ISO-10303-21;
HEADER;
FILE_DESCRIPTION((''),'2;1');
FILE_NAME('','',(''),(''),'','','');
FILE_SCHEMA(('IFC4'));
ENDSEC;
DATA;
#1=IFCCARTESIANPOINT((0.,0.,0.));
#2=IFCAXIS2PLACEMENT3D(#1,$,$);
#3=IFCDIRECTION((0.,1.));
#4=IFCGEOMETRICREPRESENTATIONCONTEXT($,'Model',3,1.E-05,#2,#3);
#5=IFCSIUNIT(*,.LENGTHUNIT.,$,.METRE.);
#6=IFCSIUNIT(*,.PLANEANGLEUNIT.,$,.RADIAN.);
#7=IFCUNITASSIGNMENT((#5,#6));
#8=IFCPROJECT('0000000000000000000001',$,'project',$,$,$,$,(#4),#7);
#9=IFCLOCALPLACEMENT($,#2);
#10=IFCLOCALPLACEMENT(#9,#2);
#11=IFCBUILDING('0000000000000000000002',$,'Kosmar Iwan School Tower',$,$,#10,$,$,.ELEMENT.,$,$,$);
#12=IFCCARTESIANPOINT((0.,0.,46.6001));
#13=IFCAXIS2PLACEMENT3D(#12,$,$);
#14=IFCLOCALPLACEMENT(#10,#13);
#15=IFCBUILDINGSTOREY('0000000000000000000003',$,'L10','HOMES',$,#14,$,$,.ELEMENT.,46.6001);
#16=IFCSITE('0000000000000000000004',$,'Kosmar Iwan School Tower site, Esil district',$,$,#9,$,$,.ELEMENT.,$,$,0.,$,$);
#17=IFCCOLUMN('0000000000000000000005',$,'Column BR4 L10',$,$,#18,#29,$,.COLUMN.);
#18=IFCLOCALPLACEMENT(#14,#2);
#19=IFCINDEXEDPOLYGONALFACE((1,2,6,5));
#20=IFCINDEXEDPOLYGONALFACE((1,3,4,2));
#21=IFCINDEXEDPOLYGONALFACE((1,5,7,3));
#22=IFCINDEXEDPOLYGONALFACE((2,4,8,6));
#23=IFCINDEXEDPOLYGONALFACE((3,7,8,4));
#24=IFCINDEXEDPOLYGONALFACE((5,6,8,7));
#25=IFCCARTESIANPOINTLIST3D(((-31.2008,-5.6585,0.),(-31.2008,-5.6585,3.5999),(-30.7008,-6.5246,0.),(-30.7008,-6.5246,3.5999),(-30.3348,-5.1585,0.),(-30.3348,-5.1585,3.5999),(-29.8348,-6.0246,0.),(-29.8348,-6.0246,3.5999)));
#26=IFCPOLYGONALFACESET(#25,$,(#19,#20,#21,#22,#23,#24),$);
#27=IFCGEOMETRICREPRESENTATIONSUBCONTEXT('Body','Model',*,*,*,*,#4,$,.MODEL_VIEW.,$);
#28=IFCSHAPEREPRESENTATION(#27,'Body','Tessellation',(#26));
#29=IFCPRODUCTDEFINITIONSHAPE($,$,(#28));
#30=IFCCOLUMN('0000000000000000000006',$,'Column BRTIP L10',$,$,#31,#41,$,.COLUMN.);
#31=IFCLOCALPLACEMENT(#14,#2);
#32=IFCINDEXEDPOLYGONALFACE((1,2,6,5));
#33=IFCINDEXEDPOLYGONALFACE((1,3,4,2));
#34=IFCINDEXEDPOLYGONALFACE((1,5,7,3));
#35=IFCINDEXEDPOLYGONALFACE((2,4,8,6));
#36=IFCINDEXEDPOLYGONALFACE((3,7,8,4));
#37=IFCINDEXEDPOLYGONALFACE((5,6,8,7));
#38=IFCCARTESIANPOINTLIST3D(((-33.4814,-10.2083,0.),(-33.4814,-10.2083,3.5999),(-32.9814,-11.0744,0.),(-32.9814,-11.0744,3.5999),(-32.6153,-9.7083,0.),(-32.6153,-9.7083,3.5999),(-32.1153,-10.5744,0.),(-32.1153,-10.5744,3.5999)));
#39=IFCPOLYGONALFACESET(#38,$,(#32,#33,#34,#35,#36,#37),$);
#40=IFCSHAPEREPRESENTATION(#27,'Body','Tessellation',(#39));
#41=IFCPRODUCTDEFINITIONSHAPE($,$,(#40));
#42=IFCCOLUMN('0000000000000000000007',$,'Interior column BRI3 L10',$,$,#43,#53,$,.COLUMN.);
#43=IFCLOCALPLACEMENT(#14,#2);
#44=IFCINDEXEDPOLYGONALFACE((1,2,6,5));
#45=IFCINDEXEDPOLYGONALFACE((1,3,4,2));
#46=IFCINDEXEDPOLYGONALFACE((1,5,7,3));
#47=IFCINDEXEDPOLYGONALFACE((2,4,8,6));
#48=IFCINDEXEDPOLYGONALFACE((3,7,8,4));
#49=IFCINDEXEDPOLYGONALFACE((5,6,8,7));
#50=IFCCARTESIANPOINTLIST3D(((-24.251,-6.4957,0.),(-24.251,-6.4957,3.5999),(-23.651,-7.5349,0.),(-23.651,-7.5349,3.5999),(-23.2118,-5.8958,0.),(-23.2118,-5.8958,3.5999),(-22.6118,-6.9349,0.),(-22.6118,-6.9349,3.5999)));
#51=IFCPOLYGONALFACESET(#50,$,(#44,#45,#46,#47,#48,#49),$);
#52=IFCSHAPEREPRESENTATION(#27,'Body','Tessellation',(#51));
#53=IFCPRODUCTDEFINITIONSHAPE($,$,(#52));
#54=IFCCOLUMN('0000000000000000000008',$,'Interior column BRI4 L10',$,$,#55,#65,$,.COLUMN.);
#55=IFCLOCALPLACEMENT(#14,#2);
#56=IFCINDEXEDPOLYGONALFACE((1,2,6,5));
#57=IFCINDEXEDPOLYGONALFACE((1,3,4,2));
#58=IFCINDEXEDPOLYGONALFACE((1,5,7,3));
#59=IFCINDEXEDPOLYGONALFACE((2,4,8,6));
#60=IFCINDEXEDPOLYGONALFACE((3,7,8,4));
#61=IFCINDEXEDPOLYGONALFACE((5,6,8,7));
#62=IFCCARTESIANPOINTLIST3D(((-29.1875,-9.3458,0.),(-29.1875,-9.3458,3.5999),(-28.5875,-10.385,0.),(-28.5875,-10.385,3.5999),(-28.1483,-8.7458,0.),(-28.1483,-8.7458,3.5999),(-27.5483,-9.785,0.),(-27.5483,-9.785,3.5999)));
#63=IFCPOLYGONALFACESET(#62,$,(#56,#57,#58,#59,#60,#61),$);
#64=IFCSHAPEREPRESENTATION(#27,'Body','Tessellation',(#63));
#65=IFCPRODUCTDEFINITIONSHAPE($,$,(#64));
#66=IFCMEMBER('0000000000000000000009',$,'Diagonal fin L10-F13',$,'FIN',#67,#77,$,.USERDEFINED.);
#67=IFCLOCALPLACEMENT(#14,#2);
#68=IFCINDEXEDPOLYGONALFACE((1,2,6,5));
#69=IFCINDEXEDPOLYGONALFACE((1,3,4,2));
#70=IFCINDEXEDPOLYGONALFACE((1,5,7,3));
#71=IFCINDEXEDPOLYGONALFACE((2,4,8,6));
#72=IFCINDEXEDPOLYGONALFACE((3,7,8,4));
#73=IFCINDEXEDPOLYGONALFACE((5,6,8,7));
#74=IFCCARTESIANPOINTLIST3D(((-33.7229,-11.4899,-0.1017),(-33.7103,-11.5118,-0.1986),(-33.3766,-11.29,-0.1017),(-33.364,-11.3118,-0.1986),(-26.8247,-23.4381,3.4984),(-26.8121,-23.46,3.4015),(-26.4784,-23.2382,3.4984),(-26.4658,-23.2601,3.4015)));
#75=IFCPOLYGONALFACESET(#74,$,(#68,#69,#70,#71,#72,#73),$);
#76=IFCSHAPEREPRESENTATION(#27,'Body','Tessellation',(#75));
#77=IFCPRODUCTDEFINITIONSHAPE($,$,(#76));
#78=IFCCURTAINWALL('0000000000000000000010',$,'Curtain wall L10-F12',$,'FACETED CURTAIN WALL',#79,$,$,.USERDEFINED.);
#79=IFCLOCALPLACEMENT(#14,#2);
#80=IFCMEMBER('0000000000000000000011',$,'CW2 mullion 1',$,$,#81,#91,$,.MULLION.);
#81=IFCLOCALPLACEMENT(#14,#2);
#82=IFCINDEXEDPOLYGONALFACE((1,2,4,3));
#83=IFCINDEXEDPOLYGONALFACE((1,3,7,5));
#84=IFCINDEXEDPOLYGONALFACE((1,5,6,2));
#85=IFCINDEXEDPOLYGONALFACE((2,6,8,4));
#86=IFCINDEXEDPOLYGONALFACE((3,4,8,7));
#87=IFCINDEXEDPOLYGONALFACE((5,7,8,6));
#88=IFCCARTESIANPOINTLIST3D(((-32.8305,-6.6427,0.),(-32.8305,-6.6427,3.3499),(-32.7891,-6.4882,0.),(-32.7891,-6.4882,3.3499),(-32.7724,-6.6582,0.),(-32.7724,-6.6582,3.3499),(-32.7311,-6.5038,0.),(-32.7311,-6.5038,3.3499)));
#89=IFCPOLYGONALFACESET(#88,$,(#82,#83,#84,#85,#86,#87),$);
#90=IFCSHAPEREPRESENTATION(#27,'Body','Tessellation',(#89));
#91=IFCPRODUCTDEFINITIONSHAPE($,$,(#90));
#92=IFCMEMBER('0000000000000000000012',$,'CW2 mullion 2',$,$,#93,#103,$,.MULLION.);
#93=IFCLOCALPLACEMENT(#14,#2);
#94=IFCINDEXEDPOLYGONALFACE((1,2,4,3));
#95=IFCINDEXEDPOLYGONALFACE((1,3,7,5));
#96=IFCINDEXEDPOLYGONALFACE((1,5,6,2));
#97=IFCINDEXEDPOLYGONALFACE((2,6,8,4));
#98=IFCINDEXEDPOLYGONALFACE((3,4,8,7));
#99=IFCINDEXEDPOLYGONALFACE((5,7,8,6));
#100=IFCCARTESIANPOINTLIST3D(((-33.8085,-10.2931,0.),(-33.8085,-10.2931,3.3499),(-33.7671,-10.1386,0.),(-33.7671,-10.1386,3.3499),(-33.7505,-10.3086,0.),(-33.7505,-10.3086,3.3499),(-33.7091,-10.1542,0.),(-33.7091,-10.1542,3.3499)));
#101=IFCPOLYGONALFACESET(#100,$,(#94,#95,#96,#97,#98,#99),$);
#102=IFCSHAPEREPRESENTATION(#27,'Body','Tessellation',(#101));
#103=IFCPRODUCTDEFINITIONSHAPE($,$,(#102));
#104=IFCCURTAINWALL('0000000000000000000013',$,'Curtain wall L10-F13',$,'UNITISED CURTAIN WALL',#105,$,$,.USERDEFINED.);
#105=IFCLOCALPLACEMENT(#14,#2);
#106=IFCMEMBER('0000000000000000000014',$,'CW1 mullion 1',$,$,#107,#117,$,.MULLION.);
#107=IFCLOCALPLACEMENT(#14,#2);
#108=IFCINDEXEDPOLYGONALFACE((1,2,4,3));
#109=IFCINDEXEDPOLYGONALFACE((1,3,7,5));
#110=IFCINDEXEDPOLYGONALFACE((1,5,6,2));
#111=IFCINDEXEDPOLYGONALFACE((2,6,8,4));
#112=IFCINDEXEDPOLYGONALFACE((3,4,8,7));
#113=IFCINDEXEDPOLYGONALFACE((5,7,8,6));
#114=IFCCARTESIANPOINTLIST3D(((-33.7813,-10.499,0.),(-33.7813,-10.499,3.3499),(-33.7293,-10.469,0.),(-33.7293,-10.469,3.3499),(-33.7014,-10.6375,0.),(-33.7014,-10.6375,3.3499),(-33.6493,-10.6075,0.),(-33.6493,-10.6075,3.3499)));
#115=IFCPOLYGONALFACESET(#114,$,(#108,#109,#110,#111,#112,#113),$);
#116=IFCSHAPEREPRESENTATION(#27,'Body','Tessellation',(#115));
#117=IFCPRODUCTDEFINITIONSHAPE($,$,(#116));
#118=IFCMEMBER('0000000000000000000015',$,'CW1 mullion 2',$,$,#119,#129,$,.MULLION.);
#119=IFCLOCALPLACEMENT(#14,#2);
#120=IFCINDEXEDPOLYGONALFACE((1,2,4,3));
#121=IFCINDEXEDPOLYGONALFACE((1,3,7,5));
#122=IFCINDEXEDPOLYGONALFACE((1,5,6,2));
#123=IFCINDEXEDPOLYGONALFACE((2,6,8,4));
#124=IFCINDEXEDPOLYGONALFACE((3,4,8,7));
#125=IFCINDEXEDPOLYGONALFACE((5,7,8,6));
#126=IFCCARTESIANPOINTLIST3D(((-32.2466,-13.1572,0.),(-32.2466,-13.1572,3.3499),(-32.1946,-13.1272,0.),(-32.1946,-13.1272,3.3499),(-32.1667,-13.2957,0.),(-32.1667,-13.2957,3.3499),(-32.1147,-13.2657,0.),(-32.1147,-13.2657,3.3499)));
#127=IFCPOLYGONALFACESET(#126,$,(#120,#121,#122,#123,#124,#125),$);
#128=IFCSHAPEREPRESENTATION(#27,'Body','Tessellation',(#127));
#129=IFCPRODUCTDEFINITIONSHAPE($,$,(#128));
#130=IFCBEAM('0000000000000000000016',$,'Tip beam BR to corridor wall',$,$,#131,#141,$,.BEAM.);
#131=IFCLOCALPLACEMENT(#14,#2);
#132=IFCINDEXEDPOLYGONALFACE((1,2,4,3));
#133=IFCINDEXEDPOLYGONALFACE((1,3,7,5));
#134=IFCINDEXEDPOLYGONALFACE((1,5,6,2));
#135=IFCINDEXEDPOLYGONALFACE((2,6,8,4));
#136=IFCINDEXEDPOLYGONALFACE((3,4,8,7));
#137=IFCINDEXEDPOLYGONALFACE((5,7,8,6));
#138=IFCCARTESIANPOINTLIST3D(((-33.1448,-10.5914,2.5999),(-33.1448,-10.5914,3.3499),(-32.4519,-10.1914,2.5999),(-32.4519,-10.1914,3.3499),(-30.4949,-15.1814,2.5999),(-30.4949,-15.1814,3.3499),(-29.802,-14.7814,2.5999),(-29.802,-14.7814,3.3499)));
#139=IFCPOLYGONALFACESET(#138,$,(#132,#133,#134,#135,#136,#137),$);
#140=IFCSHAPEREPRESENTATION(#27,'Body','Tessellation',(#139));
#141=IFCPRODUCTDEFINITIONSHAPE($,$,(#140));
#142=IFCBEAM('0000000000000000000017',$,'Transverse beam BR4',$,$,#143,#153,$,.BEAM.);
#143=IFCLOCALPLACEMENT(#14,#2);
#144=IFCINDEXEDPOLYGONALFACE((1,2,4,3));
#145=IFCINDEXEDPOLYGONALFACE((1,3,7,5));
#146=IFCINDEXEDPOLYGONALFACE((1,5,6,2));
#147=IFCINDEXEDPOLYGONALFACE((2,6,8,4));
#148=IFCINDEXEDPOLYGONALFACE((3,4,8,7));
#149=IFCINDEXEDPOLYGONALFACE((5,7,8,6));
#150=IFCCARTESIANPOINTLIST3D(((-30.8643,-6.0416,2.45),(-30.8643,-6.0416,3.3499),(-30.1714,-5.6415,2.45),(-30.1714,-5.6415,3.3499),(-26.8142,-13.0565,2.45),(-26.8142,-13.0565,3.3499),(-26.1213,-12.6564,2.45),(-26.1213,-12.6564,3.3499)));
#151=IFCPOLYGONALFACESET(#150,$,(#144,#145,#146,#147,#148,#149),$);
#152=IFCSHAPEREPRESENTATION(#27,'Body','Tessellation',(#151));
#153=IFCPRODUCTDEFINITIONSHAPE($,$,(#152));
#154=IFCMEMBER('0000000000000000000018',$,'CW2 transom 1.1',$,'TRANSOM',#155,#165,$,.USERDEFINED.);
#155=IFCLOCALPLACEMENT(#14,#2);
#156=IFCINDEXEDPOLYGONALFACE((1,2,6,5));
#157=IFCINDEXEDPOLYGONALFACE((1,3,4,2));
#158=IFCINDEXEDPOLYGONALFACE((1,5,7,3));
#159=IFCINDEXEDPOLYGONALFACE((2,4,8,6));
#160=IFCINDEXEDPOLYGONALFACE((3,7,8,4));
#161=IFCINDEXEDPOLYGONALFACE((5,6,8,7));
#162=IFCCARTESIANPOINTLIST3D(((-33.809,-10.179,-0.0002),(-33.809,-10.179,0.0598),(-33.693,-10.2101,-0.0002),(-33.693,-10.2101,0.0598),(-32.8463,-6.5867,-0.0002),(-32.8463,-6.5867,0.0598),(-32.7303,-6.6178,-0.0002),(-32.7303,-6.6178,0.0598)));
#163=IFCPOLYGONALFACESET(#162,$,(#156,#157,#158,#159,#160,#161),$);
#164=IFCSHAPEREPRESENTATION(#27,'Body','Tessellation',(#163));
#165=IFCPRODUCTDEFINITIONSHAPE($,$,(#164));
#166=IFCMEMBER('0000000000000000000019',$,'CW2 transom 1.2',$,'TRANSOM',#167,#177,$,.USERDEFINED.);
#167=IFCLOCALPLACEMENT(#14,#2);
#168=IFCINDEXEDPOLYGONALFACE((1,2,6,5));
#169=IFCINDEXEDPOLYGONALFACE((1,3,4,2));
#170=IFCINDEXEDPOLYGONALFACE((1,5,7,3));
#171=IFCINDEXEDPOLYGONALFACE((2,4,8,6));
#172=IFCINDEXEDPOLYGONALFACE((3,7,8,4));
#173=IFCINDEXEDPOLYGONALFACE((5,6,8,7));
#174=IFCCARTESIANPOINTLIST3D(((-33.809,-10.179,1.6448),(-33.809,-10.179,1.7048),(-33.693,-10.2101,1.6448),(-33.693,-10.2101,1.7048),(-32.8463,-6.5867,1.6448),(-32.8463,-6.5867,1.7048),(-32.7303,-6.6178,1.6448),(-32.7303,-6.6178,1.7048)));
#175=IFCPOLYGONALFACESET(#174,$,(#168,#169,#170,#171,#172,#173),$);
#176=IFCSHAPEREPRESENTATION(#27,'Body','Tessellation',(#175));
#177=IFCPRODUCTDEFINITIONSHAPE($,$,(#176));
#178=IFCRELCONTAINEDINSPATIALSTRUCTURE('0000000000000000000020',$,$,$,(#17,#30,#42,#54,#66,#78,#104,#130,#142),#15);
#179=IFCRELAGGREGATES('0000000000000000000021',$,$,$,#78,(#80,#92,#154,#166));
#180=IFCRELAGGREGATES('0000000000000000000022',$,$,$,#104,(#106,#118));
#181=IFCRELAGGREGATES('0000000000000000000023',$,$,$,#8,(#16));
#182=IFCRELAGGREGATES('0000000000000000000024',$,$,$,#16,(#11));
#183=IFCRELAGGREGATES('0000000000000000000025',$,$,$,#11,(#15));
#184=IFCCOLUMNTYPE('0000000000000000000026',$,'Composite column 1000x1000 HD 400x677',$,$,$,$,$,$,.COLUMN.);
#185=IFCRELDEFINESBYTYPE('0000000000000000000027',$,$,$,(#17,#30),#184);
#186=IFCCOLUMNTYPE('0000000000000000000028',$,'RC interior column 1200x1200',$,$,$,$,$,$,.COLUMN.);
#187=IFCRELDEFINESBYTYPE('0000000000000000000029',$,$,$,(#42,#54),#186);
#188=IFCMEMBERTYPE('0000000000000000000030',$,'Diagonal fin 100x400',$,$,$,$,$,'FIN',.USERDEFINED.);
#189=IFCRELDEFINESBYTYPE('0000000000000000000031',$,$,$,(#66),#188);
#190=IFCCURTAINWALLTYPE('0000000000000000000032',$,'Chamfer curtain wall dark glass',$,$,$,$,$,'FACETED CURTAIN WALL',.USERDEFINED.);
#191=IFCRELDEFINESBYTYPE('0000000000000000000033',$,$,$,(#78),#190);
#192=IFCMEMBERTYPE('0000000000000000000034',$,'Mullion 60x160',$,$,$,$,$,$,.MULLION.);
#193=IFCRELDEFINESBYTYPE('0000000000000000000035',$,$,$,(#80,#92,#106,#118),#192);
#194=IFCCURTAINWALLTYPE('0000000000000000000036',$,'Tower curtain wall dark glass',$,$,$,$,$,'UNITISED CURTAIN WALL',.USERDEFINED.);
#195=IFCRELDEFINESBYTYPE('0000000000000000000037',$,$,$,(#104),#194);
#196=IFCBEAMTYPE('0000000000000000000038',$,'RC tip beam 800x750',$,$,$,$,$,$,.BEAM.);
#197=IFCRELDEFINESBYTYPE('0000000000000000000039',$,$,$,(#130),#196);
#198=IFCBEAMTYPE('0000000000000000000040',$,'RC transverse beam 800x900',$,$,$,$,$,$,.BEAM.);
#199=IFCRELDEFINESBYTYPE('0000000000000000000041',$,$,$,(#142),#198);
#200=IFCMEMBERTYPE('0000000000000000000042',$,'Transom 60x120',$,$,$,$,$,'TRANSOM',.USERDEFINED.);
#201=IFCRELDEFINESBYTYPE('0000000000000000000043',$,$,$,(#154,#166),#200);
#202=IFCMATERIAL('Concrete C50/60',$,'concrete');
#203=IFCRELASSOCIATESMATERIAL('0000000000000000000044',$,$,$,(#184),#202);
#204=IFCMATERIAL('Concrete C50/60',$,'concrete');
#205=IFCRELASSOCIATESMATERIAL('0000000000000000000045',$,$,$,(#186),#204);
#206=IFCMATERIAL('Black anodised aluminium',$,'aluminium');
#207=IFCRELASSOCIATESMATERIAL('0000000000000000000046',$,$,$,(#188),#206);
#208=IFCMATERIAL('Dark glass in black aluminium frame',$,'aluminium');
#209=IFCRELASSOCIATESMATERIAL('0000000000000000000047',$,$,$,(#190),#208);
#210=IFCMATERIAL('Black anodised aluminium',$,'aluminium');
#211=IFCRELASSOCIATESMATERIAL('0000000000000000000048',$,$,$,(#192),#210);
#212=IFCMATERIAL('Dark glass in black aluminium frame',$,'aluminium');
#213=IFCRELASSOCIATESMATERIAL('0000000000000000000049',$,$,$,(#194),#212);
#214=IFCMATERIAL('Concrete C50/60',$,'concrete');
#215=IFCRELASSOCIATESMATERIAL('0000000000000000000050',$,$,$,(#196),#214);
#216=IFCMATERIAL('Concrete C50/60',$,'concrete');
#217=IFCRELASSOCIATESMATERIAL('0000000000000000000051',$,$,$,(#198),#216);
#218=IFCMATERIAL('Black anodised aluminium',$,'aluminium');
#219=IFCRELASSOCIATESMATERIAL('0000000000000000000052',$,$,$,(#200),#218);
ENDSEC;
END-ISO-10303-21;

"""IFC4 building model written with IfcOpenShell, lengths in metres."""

from ifc_helpers import new_model, si_unit, direction, frame, origin, origin_2d, place, context, subcontext, project, spatial, rectangle, extrude, material, material_profile, profile_set, type_object, element, aggregate, save


model = new_model("IFC4")

# Units and contexts
model_context = context("Model", 3, precision=1e-05, world=origin(), true_north=direction((0.0, 1.0)))
body_context = subcontext(model_context, "Body", "Model", "MODEL_VIEW")
ifc_project = project(units=[si_unit("LENGTHUNIT", "METRE"), si_unit("PLANEANGLEUNIT", "RADIAN")], contexts=[model_context])

# Site, building, storey
site_placement = place(None, origin())
site = spatial("IfcSite", under=ifc_project, at=site_placement, Name="Kosmar Iwan School Tower site, Esil district", CompositionType="ELEMENT", RefElevation=0.0)
building_placement = place(site_placement, origin())
building = spatial("IfcBuilding", under=site, at=building_placement, Name="Kosmar Iwan School Tower", CompositionType="ELEMENT")
storey_placement = place(building_placement, frame((0.0, 0.0, 46.6001)))
storey = spatial("IfcBuildingStorey", under=building, at=storey_placement, Name="L10", Description="HOMES", CompositionType="ELEMENT", Elevation=46.6001)

# Columns
ifc_material_1 = material(Name="Concrete C50/60", Category="concrete")
ifc_material_profile_1 = material_profile(ifc_material_1, rectangle(XDim=1.0, YDim=1.0, at=origin_2d()), Name="RC 1000x1000 + HD 400x677")
ifc_profile_set_1 = profile_set([ifc_material_profile_1], Name="Concrete C50/60")
column_type_1 = type_object("IfcColumnType", Name="Composite column 1000x1000 HD 400x677", PredefinedType="COLUMN", material=ifc_profile_set_1)
for number, where, z_axis, x_axis, name in (
    (1, (-30.5178, -5.8416, 0.0), (0.0, 0.0, 1.0), (-0.866025, -0.5, 0.0), "Column BR4 L10"),
    (2, (-32.7983, -10.3914, 0.0), (0.0, 0.0, 1.0), (-0.866025, -0.5, 0.0), "Column BRTIP L10"),
):
    element("IfcColumn", number, at=place(storey_placement, frame(where, z_axis=z_axis, x_axis=x_axis)), inside=storey, type_object=column_type_1, Name=name, PredefinedType="COLUMN", context=body_context, shape_type="SweptSolid", body=[
        extrude(rectangle(XDim=1.0, YDim=1.0, at=origin_2d()), origin(), (0.0, 0.0, 1.0), 3.5999),
    ])
ifc_material_2 = material(Name="Concrete C50/60", Category="concrete")
ifc_material_profile_2 = material_profile(ifc_material_2, rectangle(XDim=1.2, YDim=1.2, at=origin_2d()), Name="RC 1200x1200")
ifc_profile_set_2 = profile_set([ifc_material_profile_2], Name="Concrete C50/60")
column_type_2 = type_object("IfcColumnType", Name="RC interior column 1200x1200", PredefinedType="COLUMN", material=ifc_profile_set_2)
for number, where, z_axis, x_axis, name in (
    (3, (-23.4314, -6.7153, 0.0), (0.0, 0.0, 1.0), (-0.866025, -0.5, 0.0), "Interior column BRI3 L10"),
    (4, (-28.3679, -9.5654, 0.0), (0.0, 0.0, 1.0), (-0.866025, -0.5, 0.0), "Interior column BRI4 L10"),
):
    element("IfcColumn", number, at=place(storey_placement, frame(where, z_axis=z_axis, x_axis=x_axis)), inside=storey, type_object=column_type_2, Name=name, PredefinedType="COLUMN", context=body_context, shape_type="SweptSolid", body=[
        extrude(rectangle(XDim=1.2, YDim=1.2, at=origin_2d()), origin(), (0.0, 0.0, 1.0), 3.5999),
    ])

# Member
ifc_material_3 = material(Name="Black anodised aluminium", Category="aluminium")
ifc_material_profile_3 = material_profile(ifc_material_3, rectangle(XDim=0.1001, YDim=0.3999, at=origin_2d()), Name="FIN 100x400")
ifc_profile_set_3 = profile_set([ifc_material_profile_3], Name="Black anodised aluminium")
member_type_1 = type_object("IfcMemberType", Name="Diagonal fin 100x400", ElementType="FIN", PredefinedType="USERDEFINED", material=ifc_profile_set_3)
member_1_placement = place(storey_placement, frame((-33.5435, -11.4009, -0.1501), z_axis=(0.483793, -0.83797, 0.252487), x_axis=(-0.126242, 0.218661, 0.9676)))
element("IfcMember", 5, at=member_1_placement, inside=storey, type_object=member_type_1, Name="Diagonal fin L10-F13", ObjectType="FIN", PredefinedType="USERDEFINED", context=body_context, shape_type="SweptSolid", body=[
    extrude(rectangle(XDim=0.1001, YDim=0.3999, at=origin_2d()), origin(), (0.0, 0.0, 1.0), 14.2585),
])

# Curtain walls, members
ifc_material_4 = material(Name="Dark glass in black aluminium frame", Category="aluminium")
curtain_wall_type_1 = type_object("IfcCurtainWallType", Name="Chamfer curtain wall dark glass", ElementType="FACETED CURTAIN WALL", PredefinedType="USERDEFINED", material=ifc_material_4)
curtain_wall_1_placement = place(storey_placement, origin())
curtain_wall_1 = element("IfcCurtainWall", 6, at=curtain_wall_1_placement, inside=storey, type_object=curtain_wall_type_1, Name="Curtain wall L10-F12", ObjectType="FACETED CURTAIN WALL", PredefinedType="USERDEFINED")
ifc_material_5 = material(Name="Black anodised aluminium", Category="aluminium")
ifc_material_profile_4 = material_profile(ifc_material_5, rectangle(XDim=0.0601, YDim=0.1599, at=origin_2d()), Name="MULLION 60x160")
ifc_profile_set_4 = profile_set([ifc_material_profile_4], Name="Black anodised aluminium")
member_type_2 = type_object("IfcMemberType", Name="Mullion 60x160", PredefinedType="MULLION", material=ifc_profile_set_4)
member_2_placement = place(storey_placement, frame((-32.7808, -6.5732, 0.0), z_axis=(0.0, 0.0, 1.0), x_axis=(0.965926, -0.258819, 0.0)))
member_2 = element("IfcMember", 7, at=member_2_placement, type_object=member_type_2, Name="CW2 mullion 1", PredefinedType="MULLION", context=body_context, shape_type="SweptSolid", body=[
    extrude(rectangle(XDim=0.0601, YDim=0.1599, at=origin_2d()), origin(), (0.0, 0.0, 1.0), 3.3499),
])
member_3_placement = place(storey_placement, frame((-33.7588, -10.2236, 0.0), z_axis=(0.0, 0.0, 1.0), x_axis=(0.965926, -0.258819, 0.0)))
member_3 = element("IfcMember", 8, at=member_3_placement, type_object=member_type_2, Name="CW2 mullion 2", PredefinedType="MULLION", context=body_context, shape_type="SweptSolid", body=[
    extrude(rectangle(XDim=0.0601, YDim=0.1599, at=origin_2d()), origin(), (0.0, 0.0, 1.0), 3.3499),
])
ifc_material_6 = material(Name="Dark glass in black aluminium frame", Category="aluminium")
curtain_wall_type_2 = type_object("IfcCurtainWallType", Name="Tower curtain wall dark glass", ElementType="UNITISED CURTAIN WALL", PredefinedType="USERDEFINED", material=ifc_material_6)
curtain_wall_2_placement = place(storey_placement, origin())
curtain_wall_2 = element("IfcCurtainWall", 9, at=curtain_wall_2_placement, inside=storey, type_object=curtain_wall_type_2, Name="Curtain wall L10-F13", ObjectType="UNITISED CURTAIN WALL", PredefinedType="USERDEFINED")
member_4_placement = place(storey_placement, frame((-33.7153, -10.5532, 0.0), z_axis=(0.0, 0.0, 1.0), x_axis=(0.866025, 0.5, 0.0)))
member_4 = element("IfcMember", 10, at=member_4_placement, type_object=member_type_2, Name="CW1 mullion 1", PredefinedType="MULLION", context=body_context, shape_type="SweptSolid", body=[
    extrude(rectangle(XDim=0.0601, YDim=0.1599, at=origin_2d()), origin(), (0.0, 0.0, 1.0), 3.3499),
])
member_5_placement = place(storey_placement, frame((-32.1807, -13.2114, 0.0), z_axis=(0.0, 0.0, 1.0), x_axis=(0.866025, 0.5, 0.0)))
member_5 = element("IfcMember", 11, at=member_5_placement, type_object=member_type_2, Name="CW1 mullion 2", PredefinedType="MULLION", context=body_context, shape_type="SweptSolid", body=[
    extrude(rectangle(XDim=0.0601, YDim=0.1599, at=origin_2d()), origin(), (0.0, 0.0, 1.0), 3.3499),
])

# Beams
ifc_material_7 = material(Name="Concrete C50/60", Category="concrete")
ifc_material_profile_5 = material_profile(ifc_material_7, rectangle(XDim=0.8, YDim=0.75, at=origin_2d()), Name="RC 800x750")
ifc_profile_set_5 = profile_set([ifc_material_profile_5], Name="Concrete C50/60")
beam_type_1 = type_object("IfcBeamType", Name="RC tip beam 800x750", PredefinedType="BEAM", material=ifc_profile_set_5)
beam_1_placement = place(storey_placement, frame((-32.7983, -10.3914, 2.9749), z_axis=(0.499974, -0.866041, 0.0), x_axis=(0.866041, 0.499974, 0.0)))
element("IfcBeam", 12, at=beam_1_placement, inside=storey, type_object=beam_type_1, Name="Tip beam BR to corridor wall", PredefinedType="BEAM", context=body_context, shape_type="SweptSolid", body=[
    extrude(rectangle(XDim=0.8, YDim=0.75, at=origin_2d()), origin(), (0.0, 0.0, 1.0), 5.3),
])
ifc_material_8 = material(Name="Concrete C50/60", Category="concrete")
ifc_material_profile_6 = material_profile(ifc_material_8, rectangle(XDim=0.8, YDim=0.8999, at=origin_2d()), Name="RC 800x900")
ifc_profile_set_6 = profile_set([ifc_material_profile_6], Name="Concrete C50/60")
beam_type_2 = type_object("IfcBeamType", Name="RC transverse beam 800x900", PredefinedType="BEAM", material=ifc_profile_set_6)
beam_2_placement = place(storey_placement, frame((-30.5178, -5.8416, 2.8999), z_axis=(0.5, -0.866025, 0.0), x_axis=(0.866025, 0.5, 0.0)))
element("IfcBeam", 13, at=beam_2_placement, inside=storey, type_object=beam_type_2, Name="Transverse beam BR4", PredefinedType="BEAM", context=body_context, shape_type="SweptSolid", body=[
    extrude(rectangle(XDim=0.8, YDim=0.8999, at=origin_2d()), origin(), (0.0, 0.0, 1.0), 8.1001),
])

# Members
ifc_material_9 = material(Name="Black anodised aluminium", Category="aluminium")
ifc_material_profile_7 = material_profile(ifc_material_9, rectangle(XDim=0.1201, YDim=0.0601, at=origin_2d()), Name="TRANSOM 60x120")
ifc_profile_set_7 = profile_set([ifc_material_profile_7], Name="Black anodised aluminium")
member_type_3 = type_object("IfcMemberType", Name="Transom 60x120", ElementType="TRANSOM", PredefinedType="USERDEFINED", material=ifc_profile_set_7)
member_6_placement = place(storey_placement, frame((-32.7883, -6.6023, 0.0298), z_axis=(-0.258843, -0.965919, 0.0), x_axis=(0.965919, -0.258843, 0.0)))
member_6 = element("IfcMember", 14, at=member_6_placement, type_object=member_type_3, Name="CW2 transom 1.1", ObjectType="TRANSOM", PredefinedType="USERDEFINED", context=body_context, shape_type="SweptSolid", body=[
    extrude(rectangle(XDim=0.1201, YDim=0.0601, at=origin_2d()), origin(), (0.0, 0.0, 1.0), 3.719),
])
member_7_placement = place(storey_placement, frame((-32.7883, -6.6023, 1.6748), z_axis=(-0.258843, -0.965919, 0.0), x_axis=(0.965919, -0.258843, 0.0)))
member_7 = element("IfcMember", 15, at=member_7_placement, type_object=member_type_3, Name="CW2 transom 1.2", ObjectType="TRANSOM", PredefinedType="USERDEFINED", context=body_context, shape_type="SweptSolid", body=[
    extrude(rectangle(XDim=0.1201, YDim=0.0601, at=origin_2d()), origin(), (0.0, 0.0, 1.0), 3.719),
])

aggregate(curtain_wall_1, [member_2, member_3, member_6, member_7])
aggregate(curtain_wall_2, [member_4, member_5])

save(model, "model.ifc")
